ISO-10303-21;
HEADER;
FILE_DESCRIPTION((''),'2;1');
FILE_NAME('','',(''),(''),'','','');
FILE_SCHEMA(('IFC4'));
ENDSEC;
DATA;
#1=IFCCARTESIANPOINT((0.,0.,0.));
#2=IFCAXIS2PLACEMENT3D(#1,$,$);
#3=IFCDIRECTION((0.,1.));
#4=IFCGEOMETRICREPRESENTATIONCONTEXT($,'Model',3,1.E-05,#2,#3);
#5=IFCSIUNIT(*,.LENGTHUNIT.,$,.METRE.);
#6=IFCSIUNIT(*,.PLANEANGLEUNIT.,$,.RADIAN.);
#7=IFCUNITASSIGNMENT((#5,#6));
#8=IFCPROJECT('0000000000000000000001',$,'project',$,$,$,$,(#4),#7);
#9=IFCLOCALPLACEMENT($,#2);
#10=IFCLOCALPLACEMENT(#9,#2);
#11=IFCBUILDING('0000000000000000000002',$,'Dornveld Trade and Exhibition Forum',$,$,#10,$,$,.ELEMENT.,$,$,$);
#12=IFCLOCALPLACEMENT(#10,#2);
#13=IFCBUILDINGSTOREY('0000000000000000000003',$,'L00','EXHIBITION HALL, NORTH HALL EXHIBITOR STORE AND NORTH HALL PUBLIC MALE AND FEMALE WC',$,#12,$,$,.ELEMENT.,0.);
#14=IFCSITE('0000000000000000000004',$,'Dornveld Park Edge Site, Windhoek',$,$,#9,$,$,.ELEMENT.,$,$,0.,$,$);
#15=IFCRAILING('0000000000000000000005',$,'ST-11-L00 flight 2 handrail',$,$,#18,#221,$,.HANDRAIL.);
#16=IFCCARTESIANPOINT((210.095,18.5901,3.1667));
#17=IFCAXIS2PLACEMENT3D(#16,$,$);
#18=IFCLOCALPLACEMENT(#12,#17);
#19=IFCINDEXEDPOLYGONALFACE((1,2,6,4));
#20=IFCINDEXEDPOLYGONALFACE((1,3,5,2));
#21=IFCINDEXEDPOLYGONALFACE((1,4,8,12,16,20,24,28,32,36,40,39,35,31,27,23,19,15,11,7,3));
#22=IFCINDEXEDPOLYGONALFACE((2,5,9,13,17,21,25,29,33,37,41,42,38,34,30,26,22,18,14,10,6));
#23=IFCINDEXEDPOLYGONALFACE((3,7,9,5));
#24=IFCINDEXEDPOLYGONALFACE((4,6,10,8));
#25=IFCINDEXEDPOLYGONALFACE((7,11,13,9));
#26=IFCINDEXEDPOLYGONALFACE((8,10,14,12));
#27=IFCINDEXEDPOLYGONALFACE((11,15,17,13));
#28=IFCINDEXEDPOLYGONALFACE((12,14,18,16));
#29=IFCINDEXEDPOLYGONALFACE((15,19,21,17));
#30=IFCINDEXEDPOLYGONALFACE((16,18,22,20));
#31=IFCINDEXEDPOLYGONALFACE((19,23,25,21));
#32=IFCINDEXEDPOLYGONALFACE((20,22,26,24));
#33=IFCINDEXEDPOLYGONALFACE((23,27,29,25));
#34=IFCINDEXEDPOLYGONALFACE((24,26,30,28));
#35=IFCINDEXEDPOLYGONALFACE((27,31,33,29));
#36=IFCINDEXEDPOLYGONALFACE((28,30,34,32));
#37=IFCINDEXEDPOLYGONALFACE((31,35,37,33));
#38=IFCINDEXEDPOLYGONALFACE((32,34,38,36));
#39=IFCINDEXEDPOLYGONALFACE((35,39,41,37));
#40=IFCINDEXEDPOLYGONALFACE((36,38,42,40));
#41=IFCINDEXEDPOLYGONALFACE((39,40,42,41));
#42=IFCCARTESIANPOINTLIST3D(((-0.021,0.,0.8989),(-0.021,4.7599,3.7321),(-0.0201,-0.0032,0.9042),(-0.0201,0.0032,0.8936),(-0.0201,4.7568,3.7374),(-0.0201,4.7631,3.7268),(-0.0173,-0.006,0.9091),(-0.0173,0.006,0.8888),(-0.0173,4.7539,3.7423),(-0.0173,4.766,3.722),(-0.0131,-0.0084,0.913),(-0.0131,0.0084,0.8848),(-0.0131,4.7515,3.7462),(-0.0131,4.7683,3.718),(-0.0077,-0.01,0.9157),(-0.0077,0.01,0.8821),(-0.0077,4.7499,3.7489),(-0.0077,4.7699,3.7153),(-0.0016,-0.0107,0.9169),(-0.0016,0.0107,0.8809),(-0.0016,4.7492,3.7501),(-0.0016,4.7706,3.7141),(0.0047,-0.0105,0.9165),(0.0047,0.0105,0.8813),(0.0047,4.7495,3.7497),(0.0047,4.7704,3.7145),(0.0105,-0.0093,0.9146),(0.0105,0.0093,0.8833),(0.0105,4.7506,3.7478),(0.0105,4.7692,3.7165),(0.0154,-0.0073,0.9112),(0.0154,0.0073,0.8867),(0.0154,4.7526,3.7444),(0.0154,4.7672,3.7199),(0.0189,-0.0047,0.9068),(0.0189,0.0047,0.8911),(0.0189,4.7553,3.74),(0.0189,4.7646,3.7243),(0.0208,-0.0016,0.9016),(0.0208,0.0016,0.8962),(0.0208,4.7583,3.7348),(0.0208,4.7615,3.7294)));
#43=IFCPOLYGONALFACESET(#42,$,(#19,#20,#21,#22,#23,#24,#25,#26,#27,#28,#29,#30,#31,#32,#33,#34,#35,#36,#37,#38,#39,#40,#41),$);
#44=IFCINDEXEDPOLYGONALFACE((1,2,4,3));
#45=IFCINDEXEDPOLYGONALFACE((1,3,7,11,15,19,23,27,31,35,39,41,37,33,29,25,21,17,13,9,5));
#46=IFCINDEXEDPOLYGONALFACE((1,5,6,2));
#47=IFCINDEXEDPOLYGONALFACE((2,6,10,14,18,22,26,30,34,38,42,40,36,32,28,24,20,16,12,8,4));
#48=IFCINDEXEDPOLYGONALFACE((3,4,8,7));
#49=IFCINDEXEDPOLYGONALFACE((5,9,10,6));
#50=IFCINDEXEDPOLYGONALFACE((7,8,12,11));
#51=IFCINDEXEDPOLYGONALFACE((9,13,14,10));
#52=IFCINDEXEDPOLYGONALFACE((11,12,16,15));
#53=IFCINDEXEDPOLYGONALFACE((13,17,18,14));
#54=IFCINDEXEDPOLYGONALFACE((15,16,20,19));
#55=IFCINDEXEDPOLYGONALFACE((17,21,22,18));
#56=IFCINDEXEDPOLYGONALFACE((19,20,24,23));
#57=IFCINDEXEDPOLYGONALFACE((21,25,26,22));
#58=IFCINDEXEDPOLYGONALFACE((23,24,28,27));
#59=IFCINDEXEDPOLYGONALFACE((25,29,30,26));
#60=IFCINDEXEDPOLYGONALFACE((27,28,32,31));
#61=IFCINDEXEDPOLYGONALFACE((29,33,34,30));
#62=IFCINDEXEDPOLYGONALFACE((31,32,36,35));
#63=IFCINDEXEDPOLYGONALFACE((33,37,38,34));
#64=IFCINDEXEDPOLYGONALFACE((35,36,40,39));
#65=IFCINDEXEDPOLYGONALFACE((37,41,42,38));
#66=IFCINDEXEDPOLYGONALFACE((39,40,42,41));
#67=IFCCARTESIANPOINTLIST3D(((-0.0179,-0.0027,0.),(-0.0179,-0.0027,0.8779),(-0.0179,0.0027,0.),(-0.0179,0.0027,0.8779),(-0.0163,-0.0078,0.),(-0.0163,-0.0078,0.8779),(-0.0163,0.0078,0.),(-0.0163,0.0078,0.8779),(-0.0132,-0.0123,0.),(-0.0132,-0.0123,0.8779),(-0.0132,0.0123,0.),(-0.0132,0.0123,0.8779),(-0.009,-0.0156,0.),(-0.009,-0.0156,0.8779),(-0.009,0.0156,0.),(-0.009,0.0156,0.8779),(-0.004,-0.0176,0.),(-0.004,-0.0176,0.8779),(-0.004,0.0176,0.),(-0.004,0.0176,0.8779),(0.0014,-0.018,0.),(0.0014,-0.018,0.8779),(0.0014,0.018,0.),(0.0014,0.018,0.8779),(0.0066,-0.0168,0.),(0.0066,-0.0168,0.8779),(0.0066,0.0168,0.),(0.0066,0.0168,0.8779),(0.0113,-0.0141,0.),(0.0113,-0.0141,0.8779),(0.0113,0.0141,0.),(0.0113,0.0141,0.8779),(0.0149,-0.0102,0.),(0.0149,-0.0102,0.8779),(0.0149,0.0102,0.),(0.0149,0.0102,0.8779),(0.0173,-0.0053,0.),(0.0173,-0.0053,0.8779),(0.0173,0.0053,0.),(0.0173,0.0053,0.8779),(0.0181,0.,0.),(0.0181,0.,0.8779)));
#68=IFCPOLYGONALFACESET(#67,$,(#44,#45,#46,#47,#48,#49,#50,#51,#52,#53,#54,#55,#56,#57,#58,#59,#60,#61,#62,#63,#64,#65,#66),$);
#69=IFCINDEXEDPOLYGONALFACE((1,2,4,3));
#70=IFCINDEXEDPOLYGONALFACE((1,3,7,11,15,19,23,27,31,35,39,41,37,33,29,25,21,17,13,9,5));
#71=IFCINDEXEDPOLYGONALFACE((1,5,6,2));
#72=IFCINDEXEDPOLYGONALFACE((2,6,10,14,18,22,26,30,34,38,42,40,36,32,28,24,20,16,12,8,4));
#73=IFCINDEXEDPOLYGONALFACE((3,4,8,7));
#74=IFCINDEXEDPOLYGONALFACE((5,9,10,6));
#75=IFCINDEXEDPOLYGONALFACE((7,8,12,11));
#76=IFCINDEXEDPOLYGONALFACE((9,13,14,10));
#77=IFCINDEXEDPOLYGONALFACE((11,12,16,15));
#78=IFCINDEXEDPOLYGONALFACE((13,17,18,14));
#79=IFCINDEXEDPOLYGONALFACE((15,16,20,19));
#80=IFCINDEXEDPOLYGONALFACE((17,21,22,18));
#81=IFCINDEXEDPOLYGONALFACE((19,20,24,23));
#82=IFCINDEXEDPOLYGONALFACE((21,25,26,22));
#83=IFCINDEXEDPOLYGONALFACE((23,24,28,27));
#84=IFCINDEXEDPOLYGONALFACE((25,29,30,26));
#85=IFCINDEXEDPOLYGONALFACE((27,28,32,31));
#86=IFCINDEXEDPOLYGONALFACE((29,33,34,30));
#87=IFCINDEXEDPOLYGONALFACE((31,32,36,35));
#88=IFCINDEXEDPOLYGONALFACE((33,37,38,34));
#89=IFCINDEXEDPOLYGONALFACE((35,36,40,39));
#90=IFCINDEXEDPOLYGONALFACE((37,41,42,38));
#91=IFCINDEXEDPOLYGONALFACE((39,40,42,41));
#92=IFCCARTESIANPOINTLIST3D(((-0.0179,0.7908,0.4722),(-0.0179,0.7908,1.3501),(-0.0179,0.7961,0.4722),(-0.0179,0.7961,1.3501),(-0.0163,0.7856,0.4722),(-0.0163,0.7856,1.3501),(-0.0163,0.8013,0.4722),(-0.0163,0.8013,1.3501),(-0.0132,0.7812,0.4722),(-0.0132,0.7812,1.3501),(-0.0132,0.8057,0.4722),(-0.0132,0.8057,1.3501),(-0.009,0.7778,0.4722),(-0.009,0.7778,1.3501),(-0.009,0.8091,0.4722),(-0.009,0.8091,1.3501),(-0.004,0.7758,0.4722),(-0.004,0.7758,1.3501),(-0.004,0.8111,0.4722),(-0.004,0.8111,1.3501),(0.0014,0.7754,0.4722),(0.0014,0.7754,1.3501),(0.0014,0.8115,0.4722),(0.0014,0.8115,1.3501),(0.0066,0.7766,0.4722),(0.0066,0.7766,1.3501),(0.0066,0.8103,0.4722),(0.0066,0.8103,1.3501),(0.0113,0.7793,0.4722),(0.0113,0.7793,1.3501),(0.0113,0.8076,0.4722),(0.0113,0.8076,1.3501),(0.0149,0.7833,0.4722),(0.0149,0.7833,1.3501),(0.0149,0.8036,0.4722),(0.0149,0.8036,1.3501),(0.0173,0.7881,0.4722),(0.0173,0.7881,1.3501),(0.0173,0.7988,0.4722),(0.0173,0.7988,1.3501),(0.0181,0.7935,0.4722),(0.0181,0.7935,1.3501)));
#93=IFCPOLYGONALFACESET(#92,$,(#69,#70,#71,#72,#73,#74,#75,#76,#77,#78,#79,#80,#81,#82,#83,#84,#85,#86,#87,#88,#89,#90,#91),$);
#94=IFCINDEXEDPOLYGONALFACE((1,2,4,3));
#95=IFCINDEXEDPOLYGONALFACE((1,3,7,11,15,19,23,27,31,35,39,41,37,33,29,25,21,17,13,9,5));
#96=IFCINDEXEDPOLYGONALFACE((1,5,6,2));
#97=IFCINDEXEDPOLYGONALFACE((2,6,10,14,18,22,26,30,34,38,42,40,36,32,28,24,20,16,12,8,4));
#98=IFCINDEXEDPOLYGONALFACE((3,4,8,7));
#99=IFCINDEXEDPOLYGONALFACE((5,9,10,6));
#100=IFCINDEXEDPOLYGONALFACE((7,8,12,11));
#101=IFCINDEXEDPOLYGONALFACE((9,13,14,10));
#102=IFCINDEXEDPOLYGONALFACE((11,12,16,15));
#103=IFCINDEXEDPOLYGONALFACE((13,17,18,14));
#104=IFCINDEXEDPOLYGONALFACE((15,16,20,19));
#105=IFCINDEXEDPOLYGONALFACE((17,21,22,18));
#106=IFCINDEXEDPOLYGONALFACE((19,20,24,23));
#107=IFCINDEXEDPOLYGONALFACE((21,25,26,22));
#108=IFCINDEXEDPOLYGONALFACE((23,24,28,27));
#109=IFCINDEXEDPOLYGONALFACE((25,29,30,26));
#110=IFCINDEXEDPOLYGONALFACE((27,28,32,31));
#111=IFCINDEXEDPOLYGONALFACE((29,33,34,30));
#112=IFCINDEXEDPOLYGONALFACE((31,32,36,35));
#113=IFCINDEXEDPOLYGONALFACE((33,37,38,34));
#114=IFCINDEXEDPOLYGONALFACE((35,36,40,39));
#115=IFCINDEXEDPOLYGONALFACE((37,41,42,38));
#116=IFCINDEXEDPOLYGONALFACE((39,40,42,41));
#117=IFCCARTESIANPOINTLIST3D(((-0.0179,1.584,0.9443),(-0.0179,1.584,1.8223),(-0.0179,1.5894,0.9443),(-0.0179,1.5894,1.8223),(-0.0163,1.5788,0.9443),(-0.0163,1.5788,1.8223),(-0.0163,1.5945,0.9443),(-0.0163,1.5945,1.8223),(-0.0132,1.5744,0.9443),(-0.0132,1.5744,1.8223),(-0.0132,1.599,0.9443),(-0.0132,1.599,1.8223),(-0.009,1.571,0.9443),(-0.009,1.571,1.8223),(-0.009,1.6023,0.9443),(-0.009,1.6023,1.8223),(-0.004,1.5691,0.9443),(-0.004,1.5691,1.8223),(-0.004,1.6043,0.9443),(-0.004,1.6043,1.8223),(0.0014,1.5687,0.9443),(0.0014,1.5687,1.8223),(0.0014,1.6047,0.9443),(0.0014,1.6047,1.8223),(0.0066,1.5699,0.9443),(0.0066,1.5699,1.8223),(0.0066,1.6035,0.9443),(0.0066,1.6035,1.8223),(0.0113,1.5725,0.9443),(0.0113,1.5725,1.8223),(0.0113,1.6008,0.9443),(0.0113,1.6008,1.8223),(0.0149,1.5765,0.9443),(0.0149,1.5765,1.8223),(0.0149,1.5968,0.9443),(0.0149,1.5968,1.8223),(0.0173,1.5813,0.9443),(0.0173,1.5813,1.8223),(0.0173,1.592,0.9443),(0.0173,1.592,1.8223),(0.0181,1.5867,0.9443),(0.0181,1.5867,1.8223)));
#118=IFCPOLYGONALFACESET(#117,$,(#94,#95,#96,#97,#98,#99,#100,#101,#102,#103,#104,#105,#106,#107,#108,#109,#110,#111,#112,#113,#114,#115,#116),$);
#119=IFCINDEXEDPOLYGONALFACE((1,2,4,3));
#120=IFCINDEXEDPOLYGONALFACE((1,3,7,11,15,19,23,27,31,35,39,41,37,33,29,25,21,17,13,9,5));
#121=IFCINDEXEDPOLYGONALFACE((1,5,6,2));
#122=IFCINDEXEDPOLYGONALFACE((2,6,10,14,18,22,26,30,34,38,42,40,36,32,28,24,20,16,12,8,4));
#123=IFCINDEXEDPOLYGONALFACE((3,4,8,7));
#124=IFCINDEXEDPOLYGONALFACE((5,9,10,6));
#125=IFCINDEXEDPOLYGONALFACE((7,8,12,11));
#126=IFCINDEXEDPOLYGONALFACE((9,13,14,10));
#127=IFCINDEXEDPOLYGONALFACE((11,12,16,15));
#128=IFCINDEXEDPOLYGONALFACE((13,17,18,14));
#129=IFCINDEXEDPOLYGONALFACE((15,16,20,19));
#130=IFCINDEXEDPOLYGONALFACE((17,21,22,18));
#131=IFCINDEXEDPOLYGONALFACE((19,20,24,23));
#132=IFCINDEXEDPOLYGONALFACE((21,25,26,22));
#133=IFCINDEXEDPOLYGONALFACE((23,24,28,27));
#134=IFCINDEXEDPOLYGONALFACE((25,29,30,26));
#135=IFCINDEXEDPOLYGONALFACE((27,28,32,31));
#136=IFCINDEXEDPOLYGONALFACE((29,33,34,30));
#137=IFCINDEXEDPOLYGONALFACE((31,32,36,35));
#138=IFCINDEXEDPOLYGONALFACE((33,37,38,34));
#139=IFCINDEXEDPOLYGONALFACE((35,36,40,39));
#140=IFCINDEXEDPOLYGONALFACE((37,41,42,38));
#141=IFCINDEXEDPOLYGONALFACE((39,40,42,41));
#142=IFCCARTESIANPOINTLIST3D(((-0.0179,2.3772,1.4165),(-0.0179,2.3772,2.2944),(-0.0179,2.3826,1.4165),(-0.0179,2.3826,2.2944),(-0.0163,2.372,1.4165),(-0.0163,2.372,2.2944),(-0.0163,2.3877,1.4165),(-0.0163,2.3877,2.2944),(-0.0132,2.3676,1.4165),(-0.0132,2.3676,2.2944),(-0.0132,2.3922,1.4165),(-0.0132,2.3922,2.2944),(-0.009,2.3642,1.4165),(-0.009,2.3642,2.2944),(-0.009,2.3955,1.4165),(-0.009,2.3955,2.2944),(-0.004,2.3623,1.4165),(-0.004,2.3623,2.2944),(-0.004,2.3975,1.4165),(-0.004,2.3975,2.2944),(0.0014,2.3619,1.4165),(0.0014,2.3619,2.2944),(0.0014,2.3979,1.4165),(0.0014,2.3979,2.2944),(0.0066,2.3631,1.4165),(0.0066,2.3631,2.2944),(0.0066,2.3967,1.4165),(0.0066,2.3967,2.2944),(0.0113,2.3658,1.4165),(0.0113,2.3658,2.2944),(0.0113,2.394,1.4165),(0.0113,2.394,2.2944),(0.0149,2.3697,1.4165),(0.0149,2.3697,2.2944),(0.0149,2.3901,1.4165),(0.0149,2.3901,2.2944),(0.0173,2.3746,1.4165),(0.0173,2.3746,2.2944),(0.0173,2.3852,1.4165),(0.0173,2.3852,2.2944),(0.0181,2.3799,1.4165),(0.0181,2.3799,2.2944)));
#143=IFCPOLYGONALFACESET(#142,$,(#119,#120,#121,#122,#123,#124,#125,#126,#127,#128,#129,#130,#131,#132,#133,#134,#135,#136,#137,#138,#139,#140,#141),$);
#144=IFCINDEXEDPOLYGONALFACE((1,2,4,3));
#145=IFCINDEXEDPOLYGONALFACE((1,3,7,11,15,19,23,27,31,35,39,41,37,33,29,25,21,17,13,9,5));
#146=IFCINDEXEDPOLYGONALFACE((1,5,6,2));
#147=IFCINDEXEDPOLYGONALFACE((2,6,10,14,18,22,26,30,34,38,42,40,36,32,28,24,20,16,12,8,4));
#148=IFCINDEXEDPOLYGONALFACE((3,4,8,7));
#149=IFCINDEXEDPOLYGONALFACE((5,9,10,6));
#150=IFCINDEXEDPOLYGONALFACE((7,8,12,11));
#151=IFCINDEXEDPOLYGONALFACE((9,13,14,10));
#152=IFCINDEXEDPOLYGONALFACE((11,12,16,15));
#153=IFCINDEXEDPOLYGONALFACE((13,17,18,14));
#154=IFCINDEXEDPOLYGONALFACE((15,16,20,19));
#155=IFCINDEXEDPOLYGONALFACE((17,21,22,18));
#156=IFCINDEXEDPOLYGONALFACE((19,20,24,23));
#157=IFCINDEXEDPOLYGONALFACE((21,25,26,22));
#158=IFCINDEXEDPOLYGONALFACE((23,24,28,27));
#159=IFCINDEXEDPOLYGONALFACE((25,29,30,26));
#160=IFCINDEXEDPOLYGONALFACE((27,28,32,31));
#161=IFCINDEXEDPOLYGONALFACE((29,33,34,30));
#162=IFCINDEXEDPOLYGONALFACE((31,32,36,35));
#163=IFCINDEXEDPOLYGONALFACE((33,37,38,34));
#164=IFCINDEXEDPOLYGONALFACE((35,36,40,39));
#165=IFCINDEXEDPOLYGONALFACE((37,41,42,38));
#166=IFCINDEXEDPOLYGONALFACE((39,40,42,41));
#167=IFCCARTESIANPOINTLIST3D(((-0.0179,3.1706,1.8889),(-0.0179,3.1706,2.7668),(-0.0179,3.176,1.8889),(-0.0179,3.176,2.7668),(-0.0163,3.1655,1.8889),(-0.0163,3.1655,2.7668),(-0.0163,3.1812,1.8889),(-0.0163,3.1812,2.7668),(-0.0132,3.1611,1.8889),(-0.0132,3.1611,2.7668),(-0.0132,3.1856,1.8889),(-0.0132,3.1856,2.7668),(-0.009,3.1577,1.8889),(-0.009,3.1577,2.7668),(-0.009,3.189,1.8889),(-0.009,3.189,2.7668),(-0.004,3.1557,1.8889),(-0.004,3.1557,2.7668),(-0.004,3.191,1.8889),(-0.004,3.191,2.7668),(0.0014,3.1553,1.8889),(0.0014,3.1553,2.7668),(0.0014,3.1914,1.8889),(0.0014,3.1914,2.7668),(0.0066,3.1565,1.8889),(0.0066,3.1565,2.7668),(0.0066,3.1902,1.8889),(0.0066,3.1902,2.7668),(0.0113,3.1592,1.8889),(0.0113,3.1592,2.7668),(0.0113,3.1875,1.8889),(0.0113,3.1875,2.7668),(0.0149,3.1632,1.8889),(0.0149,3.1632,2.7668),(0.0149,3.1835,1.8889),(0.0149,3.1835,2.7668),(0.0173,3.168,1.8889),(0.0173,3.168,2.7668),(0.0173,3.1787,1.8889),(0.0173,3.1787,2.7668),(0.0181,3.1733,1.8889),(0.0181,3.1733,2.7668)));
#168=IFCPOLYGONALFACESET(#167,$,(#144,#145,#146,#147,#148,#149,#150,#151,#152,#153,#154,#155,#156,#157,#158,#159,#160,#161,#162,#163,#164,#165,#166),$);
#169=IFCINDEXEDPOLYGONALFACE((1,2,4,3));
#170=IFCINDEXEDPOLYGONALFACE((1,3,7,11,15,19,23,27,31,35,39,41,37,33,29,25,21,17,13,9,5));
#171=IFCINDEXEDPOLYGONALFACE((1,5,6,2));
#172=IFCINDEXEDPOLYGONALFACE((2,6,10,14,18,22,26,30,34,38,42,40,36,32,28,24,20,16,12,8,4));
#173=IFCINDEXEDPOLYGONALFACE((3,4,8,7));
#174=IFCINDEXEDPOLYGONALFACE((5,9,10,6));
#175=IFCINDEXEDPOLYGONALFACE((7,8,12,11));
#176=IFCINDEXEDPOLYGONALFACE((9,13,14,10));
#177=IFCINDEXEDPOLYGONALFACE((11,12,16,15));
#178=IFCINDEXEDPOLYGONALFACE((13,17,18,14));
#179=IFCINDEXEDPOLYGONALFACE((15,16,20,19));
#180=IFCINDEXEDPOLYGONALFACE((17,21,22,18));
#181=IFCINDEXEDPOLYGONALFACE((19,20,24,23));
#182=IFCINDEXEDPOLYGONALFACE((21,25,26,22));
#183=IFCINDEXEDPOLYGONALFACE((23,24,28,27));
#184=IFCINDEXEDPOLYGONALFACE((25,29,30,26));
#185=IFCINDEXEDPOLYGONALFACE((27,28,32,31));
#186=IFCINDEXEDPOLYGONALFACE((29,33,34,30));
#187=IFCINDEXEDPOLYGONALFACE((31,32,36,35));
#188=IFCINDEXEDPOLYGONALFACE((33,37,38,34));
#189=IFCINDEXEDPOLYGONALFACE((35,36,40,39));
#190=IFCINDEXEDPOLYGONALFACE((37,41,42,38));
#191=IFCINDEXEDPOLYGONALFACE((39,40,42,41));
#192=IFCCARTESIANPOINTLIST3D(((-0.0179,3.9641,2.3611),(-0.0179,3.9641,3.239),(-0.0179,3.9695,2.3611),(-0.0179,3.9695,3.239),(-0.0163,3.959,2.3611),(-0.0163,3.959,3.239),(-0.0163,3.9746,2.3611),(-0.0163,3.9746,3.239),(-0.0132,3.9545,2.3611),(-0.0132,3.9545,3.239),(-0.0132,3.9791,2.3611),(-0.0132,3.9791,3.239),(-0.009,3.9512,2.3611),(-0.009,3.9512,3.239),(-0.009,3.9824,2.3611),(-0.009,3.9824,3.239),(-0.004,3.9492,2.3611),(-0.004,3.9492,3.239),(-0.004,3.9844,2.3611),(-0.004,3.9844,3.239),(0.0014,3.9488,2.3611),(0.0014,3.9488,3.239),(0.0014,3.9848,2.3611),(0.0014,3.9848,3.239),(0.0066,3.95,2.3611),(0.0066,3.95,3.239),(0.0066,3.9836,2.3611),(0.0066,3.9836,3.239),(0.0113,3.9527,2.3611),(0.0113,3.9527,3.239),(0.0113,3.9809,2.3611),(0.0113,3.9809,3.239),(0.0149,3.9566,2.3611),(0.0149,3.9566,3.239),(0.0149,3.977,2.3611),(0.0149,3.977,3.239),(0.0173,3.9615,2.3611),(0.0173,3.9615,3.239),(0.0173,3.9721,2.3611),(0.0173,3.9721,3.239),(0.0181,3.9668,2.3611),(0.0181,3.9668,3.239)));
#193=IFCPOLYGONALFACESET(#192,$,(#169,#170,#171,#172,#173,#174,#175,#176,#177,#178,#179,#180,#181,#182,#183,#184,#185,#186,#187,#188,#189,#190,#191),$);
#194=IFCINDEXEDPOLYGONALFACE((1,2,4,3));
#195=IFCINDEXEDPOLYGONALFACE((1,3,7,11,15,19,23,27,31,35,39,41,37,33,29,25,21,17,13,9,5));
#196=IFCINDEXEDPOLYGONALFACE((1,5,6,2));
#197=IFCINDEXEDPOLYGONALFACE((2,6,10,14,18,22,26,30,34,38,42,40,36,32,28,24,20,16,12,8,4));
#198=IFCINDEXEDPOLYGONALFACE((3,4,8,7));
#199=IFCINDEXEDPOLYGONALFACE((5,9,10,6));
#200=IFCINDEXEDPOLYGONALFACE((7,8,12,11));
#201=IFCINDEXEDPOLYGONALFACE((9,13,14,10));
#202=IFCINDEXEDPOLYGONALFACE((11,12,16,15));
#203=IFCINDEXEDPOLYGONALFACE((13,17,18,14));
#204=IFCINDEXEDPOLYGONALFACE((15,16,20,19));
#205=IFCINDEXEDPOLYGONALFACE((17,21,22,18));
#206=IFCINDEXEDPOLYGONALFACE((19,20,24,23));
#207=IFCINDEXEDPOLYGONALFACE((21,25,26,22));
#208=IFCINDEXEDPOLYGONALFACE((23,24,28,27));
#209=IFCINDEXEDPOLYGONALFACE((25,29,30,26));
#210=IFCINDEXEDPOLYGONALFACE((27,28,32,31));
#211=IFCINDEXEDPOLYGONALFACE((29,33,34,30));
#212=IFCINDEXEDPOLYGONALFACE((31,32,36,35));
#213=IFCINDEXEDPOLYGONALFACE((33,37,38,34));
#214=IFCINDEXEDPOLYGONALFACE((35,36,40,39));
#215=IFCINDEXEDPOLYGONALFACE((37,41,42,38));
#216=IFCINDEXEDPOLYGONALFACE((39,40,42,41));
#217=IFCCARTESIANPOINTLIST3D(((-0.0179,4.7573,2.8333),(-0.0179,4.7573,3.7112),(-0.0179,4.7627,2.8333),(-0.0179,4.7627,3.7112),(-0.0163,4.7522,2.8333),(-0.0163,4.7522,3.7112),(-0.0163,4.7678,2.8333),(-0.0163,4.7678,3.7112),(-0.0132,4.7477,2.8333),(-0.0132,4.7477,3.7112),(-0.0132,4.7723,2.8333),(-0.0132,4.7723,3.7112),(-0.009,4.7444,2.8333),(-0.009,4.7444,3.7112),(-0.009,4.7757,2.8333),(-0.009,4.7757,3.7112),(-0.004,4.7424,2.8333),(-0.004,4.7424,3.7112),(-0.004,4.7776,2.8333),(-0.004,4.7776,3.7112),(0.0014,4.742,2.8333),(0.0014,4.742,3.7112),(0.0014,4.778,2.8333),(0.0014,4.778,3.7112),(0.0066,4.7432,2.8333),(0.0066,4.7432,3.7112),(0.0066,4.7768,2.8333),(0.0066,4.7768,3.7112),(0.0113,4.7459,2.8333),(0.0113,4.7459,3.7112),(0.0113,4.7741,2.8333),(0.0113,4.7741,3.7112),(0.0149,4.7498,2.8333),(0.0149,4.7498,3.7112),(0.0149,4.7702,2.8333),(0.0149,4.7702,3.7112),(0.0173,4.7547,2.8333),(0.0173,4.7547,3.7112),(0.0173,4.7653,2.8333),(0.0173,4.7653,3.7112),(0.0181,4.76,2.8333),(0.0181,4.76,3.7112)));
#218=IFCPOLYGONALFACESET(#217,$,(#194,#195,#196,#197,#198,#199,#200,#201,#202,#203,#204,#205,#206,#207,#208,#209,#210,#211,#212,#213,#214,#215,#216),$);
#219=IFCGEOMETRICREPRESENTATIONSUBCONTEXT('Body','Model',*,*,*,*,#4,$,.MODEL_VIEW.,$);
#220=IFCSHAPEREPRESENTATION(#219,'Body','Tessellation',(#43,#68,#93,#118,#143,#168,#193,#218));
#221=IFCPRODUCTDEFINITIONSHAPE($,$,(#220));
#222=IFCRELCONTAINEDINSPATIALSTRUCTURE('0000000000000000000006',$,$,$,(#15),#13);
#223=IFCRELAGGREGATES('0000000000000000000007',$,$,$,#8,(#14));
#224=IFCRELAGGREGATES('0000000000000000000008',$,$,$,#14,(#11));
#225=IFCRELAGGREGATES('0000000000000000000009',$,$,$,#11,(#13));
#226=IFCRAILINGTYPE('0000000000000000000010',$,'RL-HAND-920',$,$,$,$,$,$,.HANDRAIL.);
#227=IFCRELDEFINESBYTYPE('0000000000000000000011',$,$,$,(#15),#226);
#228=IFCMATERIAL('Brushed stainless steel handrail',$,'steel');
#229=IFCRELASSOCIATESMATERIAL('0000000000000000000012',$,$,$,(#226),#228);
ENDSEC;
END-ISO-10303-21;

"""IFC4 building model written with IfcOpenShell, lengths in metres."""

from ifc_helpers import new_model, si_unit, direction, frame, origin, origin_2d, place, context, subcontext, project, spatial, circle, extrude, material, type_object, element, save


model = new_model("IFC4")

# Units and contexts
model_context = context("Model", 3, precision=1e-05, world=origin(), true_north=direction((0.0, 1.0)))
body_context = subcontext(model_context, "Body", "Model", "MODEL_VIEW")
ifc_project = project(units=[si_unit("LENGTHUNIT", "METRE"), si_unit("PLANEANGLEUNIT", "RADIAN")], contexts=[model_context])

# Site, building, storey
site_placement = place(None, origin())
site = spatial("IfcSite", under=ifc_project, at=site_placement, Name="Dornveld Park Edge Site, Windhoek", CompositionType="ELEMENT", RefElevation=0.0)
building_placement = place(site_placement, origin())
building = spatial("IfcBuilding", under=site, at=building_placement, Name="Dornveld Trade and Exhibition Forum", CompositionType="ELEMENT")
storey_placement = place(building_placement, origin())
storey = spatial("IfcBuildingStorey", under=building, at=storey_placement, Name="L00", Description="EXHIBITION HALL, NORTH HALL EXHIBITOR STORE AND NORTH HALL PUBLIC MALE AND FEMALE WC", CompositionType="ELEMENT", Elevation=0.0)

# Railing
ifc_material_1 = material(Name="Brushed stainless steel handrail", Category="steel")
railing_type_1 = type_object("IfcRailingType", Name="RL-HAND-920", PredefinedType="HANDRAIL", material=ifc_material_1)
railing_1_placement = place(storey_placement, frame((210.095, 18.5901, 3.1667)))
element("IfcRailing", 1, at=railing_1_placement, inside=storey, type_object=railing_type_1, Name="ST-11-L00 flight 2 handrail", PredefinedType="HANDRAIL", context=body_context, shape_type="SweptSolid", body=[
    extrude(circle(Radius=0.021, at=origin_2d()), frame((0.0, 0.0, 0.8989), z_axis=(0.0, 0.8593, 0.511472), x_axis=(-1.0, 0.0, 0.0)), (0.0, 0.0, 1.0), 5.5393),
    extrude(circle(Radius=0.0181, at=origin_2d()), origin(), (0.0, 0.0, 1.0), 0.8779),
    extrude(circle(Radius=0.0181, at=origin_2d()), frame((0.0, 0.7935, 0.4722)), (0.0, 0.0, 1.0), 0.8779),
    extrude(circle(Radius=0.0181, at=origin_2d()), frame((0.0, 1.5867, 0.9443)), (0.0, 0.0, 1.0), 0.8779),
    extrude(circle(Radius=0.0181, at=origin_2d()), frame((0.0, 2.3799, 1.4165)), (0.0, 0.0, 1.0), 0.8779),
    extrude(circle(Radius=0.0181, at=origin_2d()), frame((0.0, 3.1733, 1.8889)), (0.0, 0.0, 1.0), 0.8779),
    extrude(circle(Radius=0.0181, at=origin_2d()), frame((0.0, 3.9668, 2.3611)), (0.0, 0.0, 1.0), 0.8779),
    extrude(circle(Radius=0.0181, at=origin_2d()), frame((0.0, 4.76, 2.8333)), (0.0, 0.0, 1.0), 0.8779),
])

save(model, "model.ifc")
